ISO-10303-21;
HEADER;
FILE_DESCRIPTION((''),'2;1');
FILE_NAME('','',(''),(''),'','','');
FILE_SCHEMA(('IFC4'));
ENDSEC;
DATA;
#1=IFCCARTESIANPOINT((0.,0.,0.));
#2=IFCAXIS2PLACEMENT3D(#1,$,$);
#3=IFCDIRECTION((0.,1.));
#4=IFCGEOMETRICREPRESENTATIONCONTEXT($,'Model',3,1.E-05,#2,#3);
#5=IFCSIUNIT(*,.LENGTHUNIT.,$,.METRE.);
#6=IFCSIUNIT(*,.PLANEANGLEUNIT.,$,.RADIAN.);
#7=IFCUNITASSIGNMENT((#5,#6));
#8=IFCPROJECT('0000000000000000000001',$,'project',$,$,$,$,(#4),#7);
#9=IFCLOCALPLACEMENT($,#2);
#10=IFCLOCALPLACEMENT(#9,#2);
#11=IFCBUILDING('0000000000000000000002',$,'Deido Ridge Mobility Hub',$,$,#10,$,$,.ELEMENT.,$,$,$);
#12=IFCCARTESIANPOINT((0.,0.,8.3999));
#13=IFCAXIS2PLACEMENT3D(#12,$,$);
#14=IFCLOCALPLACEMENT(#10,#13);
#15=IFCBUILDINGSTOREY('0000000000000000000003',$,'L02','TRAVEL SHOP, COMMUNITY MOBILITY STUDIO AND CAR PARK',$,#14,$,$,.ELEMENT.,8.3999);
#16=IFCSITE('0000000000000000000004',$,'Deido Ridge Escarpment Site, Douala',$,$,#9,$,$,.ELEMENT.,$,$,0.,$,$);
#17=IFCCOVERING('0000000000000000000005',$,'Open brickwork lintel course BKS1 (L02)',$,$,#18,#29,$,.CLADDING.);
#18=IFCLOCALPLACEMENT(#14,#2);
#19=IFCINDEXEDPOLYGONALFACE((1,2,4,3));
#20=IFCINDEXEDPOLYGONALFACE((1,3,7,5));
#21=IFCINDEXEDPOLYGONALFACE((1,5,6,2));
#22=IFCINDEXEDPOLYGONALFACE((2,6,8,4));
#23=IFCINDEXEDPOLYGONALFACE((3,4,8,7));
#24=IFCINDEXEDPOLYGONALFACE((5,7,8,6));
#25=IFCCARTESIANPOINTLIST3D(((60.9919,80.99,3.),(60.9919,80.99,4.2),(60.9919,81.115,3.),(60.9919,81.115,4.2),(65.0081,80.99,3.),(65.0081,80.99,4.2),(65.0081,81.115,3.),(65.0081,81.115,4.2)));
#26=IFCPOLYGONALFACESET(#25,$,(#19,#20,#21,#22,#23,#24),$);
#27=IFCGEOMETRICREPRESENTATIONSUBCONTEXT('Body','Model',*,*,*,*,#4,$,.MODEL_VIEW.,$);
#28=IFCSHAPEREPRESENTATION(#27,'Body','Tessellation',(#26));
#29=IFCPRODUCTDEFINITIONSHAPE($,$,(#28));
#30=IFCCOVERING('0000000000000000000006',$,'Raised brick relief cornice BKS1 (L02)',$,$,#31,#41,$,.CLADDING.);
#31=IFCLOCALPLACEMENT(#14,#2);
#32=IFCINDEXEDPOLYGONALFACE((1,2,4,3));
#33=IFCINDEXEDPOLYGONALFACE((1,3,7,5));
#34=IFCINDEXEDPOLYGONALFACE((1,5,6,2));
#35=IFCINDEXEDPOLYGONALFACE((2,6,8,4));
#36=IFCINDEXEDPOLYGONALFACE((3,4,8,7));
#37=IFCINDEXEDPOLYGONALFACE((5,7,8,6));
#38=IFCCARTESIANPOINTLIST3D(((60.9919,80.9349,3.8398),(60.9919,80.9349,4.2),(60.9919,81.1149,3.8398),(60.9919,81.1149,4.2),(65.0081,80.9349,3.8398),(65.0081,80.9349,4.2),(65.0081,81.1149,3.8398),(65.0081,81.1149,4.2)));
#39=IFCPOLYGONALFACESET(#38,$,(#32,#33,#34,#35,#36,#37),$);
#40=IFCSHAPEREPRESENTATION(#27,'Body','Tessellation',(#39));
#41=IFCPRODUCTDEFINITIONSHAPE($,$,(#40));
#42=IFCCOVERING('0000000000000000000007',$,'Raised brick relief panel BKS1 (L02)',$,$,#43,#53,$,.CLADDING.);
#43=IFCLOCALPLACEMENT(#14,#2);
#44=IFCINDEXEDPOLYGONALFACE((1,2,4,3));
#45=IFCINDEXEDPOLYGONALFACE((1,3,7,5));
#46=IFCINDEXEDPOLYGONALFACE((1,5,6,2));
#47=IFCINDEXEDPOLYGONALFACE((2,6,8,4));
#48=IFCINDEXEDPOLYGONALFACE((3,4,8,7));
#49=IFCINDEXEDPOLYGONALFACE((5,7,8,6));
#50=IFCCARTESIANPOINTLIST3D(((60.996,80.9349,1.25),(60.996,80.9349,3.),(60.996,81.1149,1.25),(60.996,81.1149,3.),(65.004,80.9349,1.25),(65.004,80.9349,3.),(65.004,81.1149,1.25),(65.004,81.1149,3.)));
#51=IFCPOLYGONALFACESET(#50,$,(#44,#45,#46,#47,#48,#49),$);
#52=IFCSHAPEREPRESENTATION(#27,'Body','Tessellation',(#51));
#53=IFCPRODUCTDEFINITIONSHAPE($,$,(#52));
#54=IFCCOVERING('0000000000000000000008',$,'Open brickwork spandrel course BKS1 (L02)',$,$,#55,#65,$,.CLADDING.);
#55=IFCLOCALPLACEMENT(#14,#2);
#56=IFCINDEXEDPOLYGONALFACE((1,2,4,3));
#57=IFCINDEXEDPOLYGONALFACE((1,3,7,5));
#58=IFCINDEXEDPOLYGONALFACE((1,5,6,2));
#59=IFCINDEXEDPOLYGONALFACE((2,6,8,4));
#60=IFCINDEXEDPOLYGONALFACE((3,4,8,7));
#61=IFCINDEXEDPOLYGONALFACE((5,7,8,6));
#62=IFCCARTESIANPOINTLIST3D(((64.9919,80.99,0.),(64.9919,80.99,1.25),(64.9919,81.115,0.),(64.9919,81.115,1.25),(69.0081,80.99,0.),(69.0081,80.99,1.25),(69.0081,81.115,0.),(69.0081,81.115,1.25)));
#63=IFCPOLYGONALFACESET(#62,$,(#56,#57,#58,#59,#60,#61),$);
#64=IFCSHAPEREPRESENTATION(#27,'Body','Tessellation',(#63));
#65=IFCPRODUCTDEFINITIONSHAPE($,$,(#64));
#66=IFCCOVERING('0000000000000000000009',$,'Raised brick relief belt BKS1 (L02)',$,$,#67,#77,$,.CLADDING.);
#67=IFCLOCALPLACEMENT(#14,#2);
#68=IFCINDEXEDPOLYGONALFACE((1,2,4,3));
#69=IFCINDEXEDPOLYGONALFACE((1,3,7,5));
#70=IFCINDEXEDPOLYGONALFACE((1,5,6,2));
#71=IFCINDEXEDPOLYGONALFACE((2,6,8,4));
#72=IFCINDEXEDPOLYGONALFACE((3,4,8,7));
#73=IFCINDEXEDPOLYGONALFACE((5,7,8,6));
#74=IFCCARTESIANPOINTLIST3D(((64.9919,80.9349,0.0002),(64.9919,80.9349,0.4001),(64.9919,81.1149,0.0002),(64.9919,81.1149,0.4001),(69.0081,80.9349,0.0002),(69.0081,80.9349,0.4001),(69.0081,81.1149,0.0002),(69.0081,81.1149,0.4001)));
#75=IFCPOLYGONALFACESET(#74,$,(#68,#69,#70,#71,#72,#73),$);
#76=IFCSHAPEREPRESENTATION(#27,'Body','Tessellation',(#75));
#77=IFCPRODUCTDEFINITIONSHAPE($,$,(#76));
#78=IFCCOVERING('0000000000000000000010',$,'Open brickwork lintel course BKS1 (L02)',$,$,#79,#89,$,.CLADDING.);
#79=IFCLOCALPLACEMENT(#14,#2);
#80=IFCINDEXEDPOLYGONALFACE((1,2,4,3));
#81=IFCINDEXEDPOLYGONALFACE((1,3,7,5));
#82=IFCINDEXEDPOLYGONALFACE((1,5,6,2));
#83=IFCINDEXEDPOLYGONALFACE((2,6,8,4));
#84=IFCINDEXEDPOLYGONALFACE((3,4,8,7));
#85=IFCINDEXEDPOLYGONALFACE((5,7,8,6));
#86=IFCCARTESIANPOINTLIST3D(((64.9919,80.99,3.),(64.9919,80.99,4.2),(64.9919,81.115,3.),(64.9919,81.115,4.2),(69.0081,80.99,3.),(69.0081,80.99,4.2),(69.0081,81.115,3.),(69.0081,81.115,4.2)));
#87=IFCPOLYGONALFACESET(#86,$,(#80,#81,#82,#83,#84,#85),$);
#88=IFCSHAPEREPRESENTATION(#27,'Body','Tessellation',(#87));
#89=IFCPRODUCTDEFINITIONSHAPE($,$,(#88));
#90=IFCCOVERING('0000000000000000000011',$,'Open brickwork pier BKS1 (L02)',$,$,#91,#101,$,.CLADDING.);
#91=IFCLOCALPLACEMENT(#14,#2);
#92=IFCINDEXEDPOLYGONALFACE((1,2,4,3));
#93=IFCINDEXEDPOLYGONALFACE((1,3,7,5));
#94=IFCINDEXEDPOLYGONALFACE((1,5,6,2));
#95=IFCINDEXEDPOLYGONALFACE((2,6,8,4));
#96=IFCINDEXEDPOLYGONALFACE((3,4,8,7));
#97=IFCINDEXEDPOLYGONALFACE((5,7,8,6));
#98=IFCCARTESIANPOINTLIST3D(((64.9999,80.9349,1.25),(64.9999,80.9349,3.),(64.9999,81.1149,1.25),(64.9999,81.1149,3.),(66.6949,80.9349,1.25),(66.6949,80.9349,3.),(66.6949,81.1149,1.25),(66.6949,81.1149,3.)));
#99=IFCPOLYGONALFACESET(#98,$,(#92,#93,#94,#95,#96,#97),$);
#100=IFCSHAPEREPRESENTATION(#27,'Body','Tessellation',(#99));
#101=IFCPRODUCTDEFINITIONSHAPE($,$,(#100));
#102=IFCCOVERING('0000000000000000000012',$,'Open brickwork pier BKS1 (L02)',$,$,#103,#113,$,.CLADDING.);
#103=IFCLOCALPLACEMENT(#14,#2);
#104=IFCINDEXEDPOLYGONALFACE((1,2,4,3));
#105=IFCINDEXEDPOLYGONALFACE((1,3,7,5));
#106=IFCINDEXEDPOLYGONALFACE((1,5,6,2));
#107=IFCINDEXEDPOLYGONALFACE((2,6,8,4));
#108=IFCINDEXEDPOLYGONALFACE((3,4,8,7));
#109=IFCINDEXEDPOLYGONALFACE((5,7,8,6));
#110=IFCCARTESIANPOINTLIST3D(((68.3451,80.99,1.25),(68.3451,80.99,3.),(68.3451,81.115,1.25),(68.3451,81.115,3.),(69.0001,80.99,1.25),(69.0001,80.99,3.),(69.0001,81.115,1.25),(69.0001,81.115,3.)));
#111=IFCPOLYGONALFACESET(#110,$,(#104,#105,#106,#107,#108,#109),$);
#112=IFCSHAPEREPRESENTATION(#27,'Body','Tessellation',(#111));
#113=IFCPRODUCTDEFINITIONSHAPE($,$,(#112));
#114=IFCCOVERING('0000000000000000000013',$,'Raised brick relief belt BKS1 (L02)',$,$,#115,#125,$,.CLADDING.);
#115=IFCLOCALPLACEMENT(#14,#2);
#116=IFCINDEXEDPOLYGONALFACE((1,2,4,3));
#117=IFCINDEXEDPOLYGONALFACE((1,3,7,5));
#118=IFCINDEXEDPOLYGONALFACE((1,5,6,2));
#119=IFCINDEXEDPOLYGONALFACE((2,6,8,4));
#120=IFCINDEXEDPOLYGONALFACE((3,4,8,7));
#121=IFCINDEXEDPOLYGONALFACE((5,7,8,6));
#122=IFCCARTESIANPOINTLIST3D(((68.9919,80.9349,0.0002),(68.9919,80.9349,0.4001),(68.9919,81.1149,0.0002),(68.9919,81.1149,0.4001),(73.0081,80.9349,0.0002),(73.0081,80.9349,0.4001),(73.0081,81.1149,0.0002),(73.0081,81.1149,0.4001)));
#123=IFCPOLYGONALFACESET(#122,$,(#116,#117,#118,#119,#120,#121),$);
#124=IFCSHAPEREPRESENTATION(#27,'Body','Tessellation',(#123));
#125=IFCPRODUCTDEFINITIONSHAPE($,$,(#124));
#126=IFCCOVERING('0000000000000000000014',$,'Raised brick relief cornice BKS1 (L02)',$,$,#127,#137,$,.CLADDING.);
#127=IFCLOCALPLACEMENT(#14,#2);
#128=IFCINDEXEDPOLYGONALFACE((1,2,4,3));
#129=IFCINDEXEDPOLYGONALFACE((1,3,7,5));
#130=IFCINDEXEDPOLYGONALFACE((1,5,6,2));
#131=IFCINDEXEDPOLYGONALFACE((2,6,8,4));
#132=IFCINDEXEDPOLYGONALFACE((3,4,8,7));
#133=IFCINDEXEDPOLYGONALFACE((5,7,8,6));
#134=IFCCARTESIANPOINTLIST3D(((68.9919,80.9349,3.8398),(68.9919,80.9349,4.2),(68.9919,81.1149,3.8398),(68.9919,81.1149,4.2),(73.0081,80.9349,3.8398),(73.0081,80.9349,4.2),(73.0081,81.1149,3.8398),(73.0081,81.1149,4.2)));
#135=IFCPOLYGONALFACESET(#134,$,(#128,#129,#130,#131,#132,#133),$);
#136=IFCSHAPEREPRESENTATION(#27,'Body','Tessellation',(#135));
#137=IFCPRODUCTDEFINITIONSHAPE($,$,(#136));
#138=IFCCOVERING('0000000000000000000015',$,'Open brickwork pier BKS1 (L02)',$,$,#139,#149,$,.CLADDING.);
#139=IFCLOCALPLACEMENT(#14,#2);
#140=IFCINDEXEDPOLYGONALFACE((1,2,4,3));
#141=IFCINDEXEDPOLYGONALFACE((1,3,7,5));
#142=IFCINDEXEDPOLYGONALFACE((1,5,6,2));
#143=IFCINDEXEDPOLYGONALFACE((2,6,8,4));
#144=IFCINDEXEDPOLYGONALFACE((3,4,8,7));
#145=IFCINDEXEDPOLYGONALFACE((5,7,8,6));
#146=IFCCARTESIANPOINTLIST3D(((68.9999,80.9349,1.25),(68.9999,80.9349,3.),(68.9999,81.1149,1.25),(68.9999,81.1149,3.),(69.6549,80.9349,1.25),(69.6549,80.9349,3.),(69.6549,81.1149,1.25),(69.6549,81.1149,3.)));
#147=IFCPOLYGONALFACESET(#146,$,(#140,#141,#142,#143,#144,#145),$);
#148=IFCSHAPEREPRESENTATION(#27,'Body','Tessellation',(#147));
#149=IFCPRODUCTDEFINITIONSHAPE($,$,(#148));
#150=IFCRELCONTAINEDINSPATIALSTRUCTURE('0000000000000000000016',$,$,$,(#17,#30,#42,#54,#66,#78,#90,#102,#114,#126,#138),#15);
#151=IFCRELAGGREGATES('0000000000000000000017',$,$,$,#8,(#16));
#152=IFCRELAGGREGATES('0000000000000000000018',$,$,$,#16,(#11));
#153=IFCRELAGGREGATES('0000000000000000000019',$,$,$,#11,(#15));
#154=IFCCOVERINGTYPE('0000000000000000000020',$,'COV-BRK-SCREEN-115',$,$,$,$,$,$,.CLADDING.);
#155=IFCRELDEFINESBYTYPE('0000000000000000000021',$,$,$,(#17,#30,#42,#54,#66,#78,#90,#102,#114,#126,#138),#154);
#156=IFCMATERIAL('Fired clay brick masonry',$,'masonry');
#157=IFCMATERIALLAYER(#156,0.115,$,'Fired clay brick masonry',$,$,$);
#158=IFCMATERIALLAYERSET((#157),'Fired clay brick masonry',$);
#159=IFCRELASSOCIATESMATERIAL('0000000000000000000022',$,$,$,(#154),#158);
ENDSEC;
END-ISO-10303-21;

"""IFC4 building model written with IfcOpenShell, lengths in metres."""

from ifc_helpers import new_model, si_unit, direction, frame, origin, origin_2d, place, context, subcontext, project, spatial, rectangle, extrude, material, layer, layer_set, type_object, element, save


model = new_model("IFC4")

# Units and contexts
model_context = context("Model", 3, precision=1e-05, world=origin(), true_north=direction((0.0, 1.0)))
body_context = subcontext(model_context, "Body", "Model", "MODEL_VIEW")
ifc_project = project(units=[si_unit("LENGTHUNIT", "METRE"), si_unit("PLANEANGLEUNIT", "RADIAN")], contexts=[model_context])

# Site, building, storey
site_placement = place(None, origin())
site = spatial("IfcSite", under=ifc_project, at=site_placement, Name="Deido Ridge Escarpment Site, Douala", CompositionType="ELEMENT", RefElevation=0.0)
building_placement = place(site_placement, origin())
building = spatial("IfcBuilding", under=site, at=building_placement, Name="Deido Ridge Mobility Hub", CompositionType="ELEMENT")
storey_placement = place(building_placement, frame((0.0, 0.0, 8.3999)))
storey = spatial("IfcBuildingStorey", under=building, at=storey_placement, Name="L02", Description="TRAVEL SHOP, COMMUNITY MOBILITY STUDIO AND CAR PARK", CompositionType="ELEMENT", Elevation=8.3999)

# Coverings
ifc_material_1 = material(Name="Fired clay brick masonry", Category="masonry")
ifc_layer_1 = layer(ifc_material_1, 0.115, Name="Fired clay brick masonry")
ifc_layer_set_1 = layer_set([ifc_layer_1], Name="Fired clay brick masonry")
covering_type = type_object("IfcCoveringType", Name="COV-BRK-SCREEN-115", PredefinedType="CLADDING", material=ifc_layer_set_1)
covering_1_placement = place(storey_placement, frame((63.0, 81.0525, 3.0), z_axis=(0.0, 0.0, 1.0), x_axis=(1.0, 0.0, 0.0)))
element("IfcCovering", 1, at=covering_1_placement, inside=storey, type_object=covering_type, Name="Open brickwork lintel course BKS1 (L02)", PredefinedType="CLADDING", context=body_context, shape_type="SweptSolid", body=[
    extrude(rectangle(XDim=4.0161, YDim=0.125, at=origin_2d()), origin(), (0.0, 0.0, 1.0), 1.2),
])
covering_2_placement = place(storey_placement, frame((63.0, 81.0249, 3.8398), z_axis=(0.0, 0.0, 1.0), x_axis=(1.0, 0.0, 0.0)))
element("IfcCovering", 2, at=covering_2_placement, inside=storey, type_object=covering_type, Name="Raised brick relief cornice BKS1 (L02)", PredefinedType="CLADDING", context=body_context, shape_type="SweptSolid", body=[
    extrude(rectangle(XDim=4.0161, YDim=0.1799, at=origin_2d()), origin(), (0.0, 0.0, 1.0), 0.3601),
])
covering_3_placement = place(storey_placement, frame((63.0, 81.0249, 1.25), z_axis=(0.0, 0.0, 1.0), x_axis=(1.0, 0.0, 0.0)))
element("IfcCovering", 3, at=covering_3_placement, inside=storey, type_object=covering_type, Name="Raised brick relief panel BKS1 (L02)", PredefinedType="CLADDING", context=body_context, shape_type="SweptSolid", body=[
    extrude(rectangle(XDim=4.0081, YDim=0.1799, at=origin_2d()), origin(), (0.0, 0.0, 1.0), 1.75),
])
covering_4_placement = place(storey_placement, frame((67.0, 81.0525, 0.0), z_axis=(0.0, 0.0, 1.0), x_axis=(1.0, 0.0, 0.0)))
element("IfcCovering", 4, at=covering_4_placement, inside=storey, type_object=covering_type, Name="Open brickwork spandrel course BKS1 (L02)", PredefinedType="CLADDING", context=body_context, shape_type="SweptSolid", body=[
    extrude(rectangle(XDim=4.0161, YDim=0.125, at=origin_2d()), origin(), (0.0, 0.0, 1.0), 1.25),
])
covering_5_placement = place(storey_placement, frame((67.0, 81.0249, 0.0002), z_axis=(0.0, 0.0, 1.0), x_axis=(1.0, 0.0, 0.0)))
element("IfcCovering", 5, at=covering_5_placement, inside=storey, type_object=covering_type, Name="Raised brick relief belt BKS1 (L02)", PredefinedType="CLADDING", context=body_context, shape_type="SweptSolid", body=[
    extrude(rectangle(XDim=4.0161, YDim=0.1799, at=origin_2d()), origin(), (0.0, 0.0, 1.0), 0.3999),
])
covering_6_placement = place(storey_placement, frame((67.0, 81.0525, 3.0), z_axis=(0.0, 0.0, 1.0), x_axis=(1.0, 0.0, 0.0)))
element("IfcCovering", 6, at=covering_6_placement, inside=storey, type_object=covering_type, Name="Open brickwork lintel course BKS1 (L02)", PredefinedType="CLADDING", context=body_context, shape_type="SweptSolid", body=[
    extrude(rectangle(XDim=4.0161, YDim=0.125, at=origin_2d()), origin(), (0.0, 0.0, 1.0), 1.2),
])
covering_7_placement = place(storey_placement, frame((65.8474, 81.0249, 1.25), z_axis=(0.0, 0.0, 1.0), x_axis=(1.0, 0.0, 0.0)))
element("IfcCovering", 7, at=covering_7_placement, inside=storey, type_object=covering_type, Name="Open brickwork pier BKS1 (L02)", PredefinedType="CLADDING", context=body_context, shape_type="SweptSolid", body=[
    extrude(rectangle(XDim=1.6951, YDim=0.1799, at=origin_2d()), origin(), (0.0, 0.0, 1.0), 1.75),
])
covering_8_placement = place(storey_placement, frame((68.6726, 81.0525, 1.25), z_axis=(0.0, 0.0, 1.0), x_axis=(1.0, 0.0, 0.0)))
element("IfcCovering", 8, at=covering_8_placement, inside=storey, type_object=covering_type, Name="Open brickwork pier BKS1 (L02)", PredefinedType="CLADDING", context=body_context, shape_type="SweptSolid", body=[
    extrude(rectangle(XDim=0.655, YDim=0.125, at=origin_2d()), origin(), (0.0, 0.0, 1.0), 1.75),
])
covering_9_placement = place(storey_placement, frame((71.0, 81.0249, 0.0002), z_axis=(0.0, 0.0, 1.0), x_axis=(1.0, 0.0, 0.0)))
element("IfcCovering", 9, at=covering_9_placement, inside=storey, type_object=covering_type, Name="Raised brick relief belt BKS1 (L02)", PredefinedType="CLADDING", context=body_context, shape_type="SweptSolid", body=[
    extrude(rectangle(XDim=4.0161, YDim=0.1799, at=origin_2d()), origin(), (0.0, 0.0, 1.0), 0.3999),
])
covering_10_placement = place(storey_placement, frame((71.0, 81.0249, 3.8398), z_axis=(0.0, 0.0, 1.0), x_axis=(1.0, 0.0, 0.0)))
element("IfcCovering", 10, at=covering_10_placement, inside=storey, type_object=covering_type, Name="Raised brick relief cornice BKS1 (L02)", PredefinedType="CLADDING", context=body_context, shape_type="SweptSolid", body=[
    extrude(rectangle(XDim=4.0161, YDim=0.1799, at=origin_2d()), origin(), (0.0, 0.0, 1.0), 0.3601),
])
covering_11_placement = place(storey_placement, frame((69.3274, 81.0249, 1.25), z_axis=(0.0, 0.0, 1.0), x_axis=(1.0, 0.0, 0.0)))
element("IfcCovering", 11, at=covering_11_placement, inside=storey, type_object=covering_type, Name="Open brickwork pier BKS1 (L02)", PredefinedType="CLADDING", context=body_context, shape_type="SweptSolid", body=[
    extrude(rectangle(XDim=0.655, YDim=0.1799, at=origin_2d()), origin(), (0.0, 0.0, 1.0), 1.75),
])

save(model, "model.ifc")
